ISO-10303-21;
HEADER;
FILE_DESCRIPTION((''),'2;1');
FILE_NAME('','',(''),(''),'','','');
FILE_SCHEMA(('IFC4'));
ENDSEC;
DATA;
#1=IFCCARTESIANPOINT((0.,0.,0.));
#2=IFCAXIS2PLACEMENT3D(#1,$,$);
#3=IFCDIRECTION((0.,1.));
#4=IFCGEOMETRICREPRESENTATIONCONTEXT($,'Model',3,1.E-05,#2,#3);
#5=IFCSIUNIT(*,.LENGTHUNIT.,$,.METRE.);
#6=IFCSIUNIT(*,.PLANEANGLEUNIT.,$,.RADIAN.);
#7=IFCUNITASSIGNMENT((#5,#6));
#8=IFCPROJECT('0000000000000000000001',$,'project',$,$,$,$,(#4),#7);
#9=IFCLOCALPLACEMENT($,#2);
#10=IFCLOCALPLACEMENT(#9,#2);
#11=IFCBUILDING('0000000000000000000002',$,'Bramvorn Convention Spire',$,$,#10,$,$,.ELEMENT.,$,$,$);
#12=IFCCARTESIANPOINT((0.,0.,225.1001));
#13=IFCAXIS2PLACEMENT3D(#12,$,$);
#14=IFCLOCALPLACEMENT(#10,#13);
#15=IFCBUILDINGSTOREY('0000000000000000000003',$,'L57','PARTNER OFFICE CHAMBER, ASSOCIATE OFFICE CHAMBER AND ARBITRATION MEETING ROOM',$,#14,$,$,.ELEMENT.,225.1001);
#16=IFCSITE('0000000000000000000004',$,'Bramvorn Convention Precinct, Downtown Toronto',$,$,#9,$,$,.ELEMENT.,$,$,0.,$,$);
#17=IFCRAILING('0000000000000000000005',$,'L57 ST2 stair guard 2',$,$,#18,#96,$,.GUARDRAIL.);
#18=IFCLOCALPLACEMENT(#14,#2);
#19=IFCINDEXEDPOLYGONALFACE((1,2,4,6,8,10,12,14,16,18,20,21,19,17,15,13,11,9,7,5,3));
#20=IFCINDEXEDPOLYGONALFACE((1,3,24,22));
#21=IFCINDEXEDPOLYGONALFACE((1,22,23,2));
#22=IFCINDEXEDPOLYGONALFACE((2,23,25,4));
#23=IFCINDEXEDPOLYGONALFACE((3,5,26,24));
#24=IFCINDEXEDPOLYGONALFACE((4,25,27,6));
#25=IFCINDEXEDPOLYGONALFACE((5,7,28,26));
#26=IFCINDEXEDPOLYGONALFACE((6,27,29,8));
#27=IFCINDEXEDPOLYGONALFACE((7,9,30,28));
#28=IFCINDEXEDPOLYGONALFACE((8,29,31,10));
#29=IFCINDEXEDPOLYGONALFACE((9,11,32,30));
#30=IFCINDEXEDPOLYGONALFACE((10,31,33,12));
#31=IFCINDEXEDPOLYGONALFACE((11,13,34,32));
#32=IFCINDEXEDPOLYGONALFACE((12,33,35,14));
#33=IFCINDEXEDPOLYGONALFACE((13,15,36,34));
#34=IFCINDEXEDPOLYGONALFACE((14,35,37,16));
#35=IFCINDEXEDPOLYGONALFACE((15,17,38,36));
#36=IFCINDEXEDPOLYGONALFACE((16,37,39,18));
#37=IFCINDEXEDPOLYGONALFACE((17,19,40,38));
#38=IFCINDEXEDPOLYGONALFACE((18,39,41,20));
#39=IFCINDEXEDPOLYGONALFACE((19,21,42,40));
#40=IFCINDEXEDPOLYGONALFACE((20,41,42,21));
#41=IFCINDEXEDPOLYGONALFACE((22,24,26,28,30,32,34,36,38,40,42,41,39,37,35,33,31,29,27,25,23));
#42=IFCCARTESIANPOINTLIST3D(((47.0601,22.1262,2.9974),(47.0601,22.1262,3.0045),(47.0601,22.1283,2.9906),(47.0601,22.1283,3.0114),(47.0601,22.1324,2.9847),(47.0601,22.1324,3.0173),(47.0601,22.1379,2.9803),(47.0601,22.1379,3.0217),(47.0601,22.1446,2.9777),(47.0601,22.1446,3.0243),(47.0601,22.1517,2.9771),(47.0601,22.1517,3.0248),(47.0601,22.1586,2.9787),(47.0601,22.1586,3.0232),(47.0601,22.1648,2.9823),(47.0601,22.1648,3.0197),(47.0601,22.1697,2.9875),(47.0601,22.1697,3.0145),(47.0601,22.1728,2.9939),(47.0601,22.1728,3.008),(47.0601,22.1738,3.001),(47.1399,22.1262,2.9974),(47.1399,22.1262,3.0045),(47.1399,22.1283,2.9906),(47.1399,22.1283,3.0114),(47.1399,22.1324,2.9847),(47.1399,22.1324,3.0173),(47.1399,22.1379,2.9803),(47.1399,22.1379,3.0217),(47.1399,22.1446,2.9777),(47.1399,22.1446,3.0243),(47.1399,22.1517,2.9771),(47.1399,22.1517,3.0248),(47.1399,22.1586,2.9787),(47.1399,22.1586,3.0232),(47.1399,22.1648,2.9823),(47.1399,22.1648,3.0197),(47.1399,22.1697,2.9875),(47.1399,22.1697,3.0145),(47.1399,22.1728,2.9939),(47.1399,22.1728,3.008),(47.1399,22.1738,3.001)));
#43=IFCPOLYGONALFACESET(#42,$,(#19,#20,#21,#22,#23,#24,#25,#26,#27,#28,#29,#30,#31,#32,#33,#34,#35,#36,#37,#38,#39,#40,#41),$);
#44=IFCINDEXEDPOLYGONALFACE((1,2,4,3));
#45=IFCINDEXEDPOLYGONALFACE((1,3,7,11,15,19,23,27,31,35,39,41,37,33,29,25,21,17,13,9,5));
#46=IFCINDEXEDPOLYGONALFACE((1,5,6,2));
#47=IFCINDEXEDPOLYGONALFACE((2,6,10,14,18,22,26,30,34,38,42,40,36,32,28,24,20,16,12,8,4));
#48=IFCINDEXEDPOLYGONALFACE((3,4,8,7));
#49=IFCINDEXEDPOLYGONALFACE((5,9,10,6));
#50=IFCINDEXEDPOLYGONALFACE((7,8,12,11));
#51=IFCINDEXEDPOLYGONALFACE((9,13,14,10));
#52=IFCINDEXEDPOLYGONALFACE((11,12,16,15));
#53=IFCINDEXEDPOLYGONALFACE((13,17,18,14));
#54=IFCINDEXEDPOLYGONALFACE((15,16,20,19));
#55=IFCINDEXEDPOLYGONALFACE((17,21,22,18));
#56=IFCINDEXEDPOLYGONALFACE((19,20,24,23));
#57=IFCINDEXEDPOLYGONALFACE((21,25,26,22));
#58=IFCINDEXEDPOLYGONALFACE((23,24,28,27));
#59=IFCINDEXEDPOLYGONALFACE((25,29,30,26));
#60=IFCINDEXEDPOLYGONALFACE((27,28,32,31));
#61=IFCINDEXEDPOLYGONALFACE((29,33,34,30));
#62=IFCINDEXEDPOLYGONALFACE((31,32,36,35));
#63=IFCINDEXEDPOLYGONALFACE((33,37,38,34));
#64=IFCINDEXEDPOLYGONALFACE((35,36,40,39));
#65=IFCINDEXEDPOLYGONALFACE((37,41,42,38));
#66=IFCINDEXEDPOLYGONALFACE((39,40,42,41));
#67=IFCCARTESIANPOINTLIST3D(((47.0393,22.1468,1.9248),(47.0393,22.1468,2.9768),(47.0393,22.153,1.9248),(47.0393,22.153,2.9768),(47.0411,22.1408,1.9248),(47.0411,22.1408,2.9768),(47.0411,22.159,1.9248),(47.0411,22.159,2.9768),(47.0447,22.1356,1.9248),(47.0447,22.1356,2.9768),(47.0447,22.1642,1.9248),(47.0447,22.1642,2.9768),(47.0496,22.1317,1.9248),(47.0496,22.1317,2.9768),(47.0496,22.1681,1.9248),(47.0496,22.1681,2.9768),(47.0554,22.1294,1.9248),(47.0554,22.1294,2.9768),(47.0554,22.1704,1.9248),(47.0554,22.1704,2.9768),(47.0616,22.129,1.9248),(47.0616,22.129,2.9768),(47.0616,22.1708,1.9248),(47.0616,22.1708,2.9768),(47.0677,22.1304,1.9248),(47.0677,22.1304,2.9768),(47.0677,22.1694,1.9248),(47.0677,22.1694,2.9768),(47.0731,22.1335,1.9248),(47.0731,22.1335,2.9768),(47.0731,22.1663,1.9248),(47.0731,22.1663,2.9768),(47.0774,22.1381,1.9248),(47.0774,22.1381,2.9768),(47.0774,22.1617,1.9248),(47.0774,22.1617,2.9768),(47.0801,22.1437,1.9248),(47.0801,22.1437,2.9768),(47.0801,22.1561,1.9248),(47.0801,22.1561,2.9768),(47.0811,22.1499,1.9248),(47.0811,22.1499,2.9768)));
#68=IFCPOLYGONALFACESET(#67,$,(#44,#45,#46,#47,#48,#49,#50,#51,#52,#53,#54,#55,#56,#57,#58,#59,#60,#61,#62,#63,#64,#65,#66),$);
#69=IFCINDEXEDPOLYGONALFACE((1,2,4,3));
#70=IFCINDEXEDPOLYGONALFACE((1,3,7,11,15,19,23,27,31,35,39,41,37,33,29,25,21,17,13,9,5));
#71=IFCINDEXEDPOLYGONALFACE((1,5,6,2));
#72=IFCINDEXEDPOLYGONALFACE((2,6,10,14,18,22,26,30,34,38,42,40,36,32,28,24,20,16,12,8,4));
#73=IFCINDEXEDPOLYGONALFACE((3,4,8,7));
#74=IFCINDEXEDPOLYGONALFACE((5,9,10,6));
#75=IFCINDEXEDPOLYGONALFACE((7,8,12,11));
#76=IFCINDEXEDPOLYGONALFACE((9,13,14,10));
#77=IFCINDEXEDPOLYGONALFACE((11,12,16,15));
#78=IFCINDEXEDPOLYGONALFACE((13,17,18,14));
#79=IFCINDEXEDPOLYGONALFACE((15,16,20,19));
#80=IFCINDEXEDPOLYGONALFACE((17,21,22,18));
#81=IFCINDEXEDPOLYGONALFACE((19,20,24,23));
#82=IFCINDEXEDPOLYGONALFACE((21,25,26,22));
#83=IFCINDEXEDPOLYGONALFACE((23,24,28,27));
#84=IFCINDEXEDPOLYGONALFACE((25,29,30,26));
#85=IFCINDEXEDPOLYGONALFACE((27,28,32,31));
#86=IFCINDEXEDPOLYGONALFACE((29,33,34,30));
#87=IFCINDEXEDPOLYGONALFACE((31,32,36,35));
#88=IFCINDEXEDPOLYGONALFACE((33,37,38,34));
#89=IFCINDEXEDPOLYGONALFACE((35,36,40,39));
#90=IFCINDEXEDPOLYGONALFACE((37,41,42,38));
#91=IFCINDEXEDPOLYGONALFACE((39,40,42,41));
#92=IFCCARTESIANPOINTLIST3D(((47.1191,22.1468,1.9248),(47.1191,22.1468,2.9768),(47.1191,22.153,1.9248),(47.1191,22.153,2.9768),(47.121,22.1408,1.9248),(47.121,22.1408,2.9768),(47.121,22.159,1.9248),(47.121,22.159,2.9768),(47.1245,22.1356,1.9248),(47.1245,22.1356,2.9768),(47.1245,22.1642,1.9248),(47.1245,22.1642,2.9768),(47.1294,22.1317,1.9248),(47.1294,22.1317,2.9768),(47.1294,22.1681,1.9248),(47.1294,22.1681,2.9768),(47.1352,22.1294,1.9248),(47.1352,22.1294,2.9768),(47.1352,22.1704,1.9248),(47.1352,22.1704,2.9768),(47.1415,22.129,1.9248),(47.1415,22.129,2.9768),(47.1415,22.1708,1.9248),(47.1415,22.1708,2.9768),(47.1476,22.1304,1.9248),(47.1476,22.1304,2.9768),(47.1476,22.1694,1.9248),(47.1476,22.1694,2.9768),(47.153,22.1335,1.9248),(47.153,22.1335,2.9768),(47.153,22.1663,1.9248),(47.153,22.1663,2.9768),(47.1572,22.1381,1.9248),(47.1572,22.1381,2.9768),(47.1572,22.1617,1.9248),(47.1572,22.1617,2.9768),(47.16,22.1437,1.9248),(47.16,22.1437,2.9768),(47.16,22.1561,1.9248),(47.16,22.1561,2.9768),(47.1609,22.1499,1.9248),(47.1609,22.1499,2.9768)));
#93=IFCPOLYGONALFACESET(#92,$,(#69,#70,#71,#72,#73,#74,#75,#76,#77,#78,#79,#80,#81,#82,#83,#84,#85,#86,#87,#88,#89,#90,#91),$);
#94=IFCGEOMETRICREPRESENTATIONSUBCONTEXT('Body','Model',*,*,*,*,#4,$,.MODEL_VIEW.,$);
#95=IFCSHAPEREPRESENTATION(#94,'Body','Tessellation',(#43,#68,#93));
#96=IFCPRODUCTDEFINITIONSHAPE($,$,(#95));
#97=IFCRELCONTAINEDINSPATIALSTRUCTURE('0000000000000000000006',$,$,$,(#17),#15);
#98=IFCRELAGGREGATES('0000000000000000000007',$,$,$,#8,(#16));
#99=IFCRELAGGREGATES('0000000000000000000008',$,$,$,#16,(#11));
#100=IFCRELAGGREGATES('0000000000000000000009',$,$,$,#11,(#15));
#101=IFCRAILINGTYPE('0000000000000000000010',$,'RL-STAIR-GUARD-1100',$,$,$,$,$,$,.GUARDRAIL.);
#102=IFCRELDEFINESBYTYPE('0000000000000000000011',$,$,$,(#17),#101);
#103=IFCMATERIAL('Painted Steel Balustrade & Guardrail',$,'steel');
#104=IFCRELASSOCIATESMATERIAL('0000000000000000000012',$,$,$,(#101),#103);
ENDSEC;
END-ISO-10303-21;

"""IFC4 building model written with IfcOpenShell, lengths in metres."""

from ifc_helpers import new_model, si_unit, direction, frame, origin, origin_2d, place, context, subcontext, project, spatial, circle, extrude, material, type_object, element, save


model = new_model("IFC4")

# Units and contexts
model_context = context("Model", 3, precision=1e-05, world=origin(), true_north=direction((0.0, 1.0)))
body_context = subcontext(model_context, "Body", "Model", "MODEL_VIEW")
ifc_project = project(units=[si_unit("LENGTHUNIT", "METRE"), si_unit("PLANEANGLEUNIT", "RADIAN")], contexts=[model_context])

# Site, building, storey
site_placement = place(None, origin())
site = spatial("IfcSite", under=ifc_project, at=site_placement, Name="Bramvorn Convention Precinct, Downtown Toronto", CompositionType="ELEMENT", RefElevation=0.0)
building_placement = place(site_placement, origin())
building = spatial("IfcBuilding", under=site, at=building_placement, Name="Bramvorn Convention Spire", CompositionType="ELEMENT")
storey_placement = place(building_placement, frame((0.0, 0.0, 225.1001)))
storey = spatial("IfcBuildingStorey", under=building, at=storey_placement, Name="L57", Description="PARTNER OFFICE CHAMBER, ASSOCIATE OFFICE CHAMBER AND ARBITRATION MEETING ROOM", CompositionType="ELEMENT", Elevation=225.1001)

# Railing
ifc_material_1 = material(Name="Painted Steel Balustrade & Guardrail", Category="steel")
railing_type = type_object("IfcRailingType", Name="RL-STAIR-GUARD-1100", PredefinedType="GUARDRAIL", material=ifc_material_1)
railing_1_placement = place(storey_placement, frame((47.0601, 22.1499, 1.9248)))
element("IfcRailing", 1, at=railing_1_placement, inside=storey, type_object=railing_type, Name="L57 ST2 stair guard 2", PredefinedType="GUARDRAIL", context=body_context, shape_type="SweptSolid", body=[
    extrude(circle(Radius=0.0239, at=origin_2d()), frame((0.0, 0.0, 1.0762), z_axis=(1.0, 0.0, 0.0), x_axis=(0.0, 1.0, 0.0)), (0.0, 0.0, 1.0), 0.0798),
    extrude(circle(Radius=0.021, at=origin_2d()), origin(), (0.0, 0.0, 1.0), 1.052),
    extrude(circle(Radius=0.021, at=origin_2d()), frame((0.0798, 0.0, 0.0)), (0.0, 0.0, 1.0), 1.052),
])

save(model, "model.ifc")
